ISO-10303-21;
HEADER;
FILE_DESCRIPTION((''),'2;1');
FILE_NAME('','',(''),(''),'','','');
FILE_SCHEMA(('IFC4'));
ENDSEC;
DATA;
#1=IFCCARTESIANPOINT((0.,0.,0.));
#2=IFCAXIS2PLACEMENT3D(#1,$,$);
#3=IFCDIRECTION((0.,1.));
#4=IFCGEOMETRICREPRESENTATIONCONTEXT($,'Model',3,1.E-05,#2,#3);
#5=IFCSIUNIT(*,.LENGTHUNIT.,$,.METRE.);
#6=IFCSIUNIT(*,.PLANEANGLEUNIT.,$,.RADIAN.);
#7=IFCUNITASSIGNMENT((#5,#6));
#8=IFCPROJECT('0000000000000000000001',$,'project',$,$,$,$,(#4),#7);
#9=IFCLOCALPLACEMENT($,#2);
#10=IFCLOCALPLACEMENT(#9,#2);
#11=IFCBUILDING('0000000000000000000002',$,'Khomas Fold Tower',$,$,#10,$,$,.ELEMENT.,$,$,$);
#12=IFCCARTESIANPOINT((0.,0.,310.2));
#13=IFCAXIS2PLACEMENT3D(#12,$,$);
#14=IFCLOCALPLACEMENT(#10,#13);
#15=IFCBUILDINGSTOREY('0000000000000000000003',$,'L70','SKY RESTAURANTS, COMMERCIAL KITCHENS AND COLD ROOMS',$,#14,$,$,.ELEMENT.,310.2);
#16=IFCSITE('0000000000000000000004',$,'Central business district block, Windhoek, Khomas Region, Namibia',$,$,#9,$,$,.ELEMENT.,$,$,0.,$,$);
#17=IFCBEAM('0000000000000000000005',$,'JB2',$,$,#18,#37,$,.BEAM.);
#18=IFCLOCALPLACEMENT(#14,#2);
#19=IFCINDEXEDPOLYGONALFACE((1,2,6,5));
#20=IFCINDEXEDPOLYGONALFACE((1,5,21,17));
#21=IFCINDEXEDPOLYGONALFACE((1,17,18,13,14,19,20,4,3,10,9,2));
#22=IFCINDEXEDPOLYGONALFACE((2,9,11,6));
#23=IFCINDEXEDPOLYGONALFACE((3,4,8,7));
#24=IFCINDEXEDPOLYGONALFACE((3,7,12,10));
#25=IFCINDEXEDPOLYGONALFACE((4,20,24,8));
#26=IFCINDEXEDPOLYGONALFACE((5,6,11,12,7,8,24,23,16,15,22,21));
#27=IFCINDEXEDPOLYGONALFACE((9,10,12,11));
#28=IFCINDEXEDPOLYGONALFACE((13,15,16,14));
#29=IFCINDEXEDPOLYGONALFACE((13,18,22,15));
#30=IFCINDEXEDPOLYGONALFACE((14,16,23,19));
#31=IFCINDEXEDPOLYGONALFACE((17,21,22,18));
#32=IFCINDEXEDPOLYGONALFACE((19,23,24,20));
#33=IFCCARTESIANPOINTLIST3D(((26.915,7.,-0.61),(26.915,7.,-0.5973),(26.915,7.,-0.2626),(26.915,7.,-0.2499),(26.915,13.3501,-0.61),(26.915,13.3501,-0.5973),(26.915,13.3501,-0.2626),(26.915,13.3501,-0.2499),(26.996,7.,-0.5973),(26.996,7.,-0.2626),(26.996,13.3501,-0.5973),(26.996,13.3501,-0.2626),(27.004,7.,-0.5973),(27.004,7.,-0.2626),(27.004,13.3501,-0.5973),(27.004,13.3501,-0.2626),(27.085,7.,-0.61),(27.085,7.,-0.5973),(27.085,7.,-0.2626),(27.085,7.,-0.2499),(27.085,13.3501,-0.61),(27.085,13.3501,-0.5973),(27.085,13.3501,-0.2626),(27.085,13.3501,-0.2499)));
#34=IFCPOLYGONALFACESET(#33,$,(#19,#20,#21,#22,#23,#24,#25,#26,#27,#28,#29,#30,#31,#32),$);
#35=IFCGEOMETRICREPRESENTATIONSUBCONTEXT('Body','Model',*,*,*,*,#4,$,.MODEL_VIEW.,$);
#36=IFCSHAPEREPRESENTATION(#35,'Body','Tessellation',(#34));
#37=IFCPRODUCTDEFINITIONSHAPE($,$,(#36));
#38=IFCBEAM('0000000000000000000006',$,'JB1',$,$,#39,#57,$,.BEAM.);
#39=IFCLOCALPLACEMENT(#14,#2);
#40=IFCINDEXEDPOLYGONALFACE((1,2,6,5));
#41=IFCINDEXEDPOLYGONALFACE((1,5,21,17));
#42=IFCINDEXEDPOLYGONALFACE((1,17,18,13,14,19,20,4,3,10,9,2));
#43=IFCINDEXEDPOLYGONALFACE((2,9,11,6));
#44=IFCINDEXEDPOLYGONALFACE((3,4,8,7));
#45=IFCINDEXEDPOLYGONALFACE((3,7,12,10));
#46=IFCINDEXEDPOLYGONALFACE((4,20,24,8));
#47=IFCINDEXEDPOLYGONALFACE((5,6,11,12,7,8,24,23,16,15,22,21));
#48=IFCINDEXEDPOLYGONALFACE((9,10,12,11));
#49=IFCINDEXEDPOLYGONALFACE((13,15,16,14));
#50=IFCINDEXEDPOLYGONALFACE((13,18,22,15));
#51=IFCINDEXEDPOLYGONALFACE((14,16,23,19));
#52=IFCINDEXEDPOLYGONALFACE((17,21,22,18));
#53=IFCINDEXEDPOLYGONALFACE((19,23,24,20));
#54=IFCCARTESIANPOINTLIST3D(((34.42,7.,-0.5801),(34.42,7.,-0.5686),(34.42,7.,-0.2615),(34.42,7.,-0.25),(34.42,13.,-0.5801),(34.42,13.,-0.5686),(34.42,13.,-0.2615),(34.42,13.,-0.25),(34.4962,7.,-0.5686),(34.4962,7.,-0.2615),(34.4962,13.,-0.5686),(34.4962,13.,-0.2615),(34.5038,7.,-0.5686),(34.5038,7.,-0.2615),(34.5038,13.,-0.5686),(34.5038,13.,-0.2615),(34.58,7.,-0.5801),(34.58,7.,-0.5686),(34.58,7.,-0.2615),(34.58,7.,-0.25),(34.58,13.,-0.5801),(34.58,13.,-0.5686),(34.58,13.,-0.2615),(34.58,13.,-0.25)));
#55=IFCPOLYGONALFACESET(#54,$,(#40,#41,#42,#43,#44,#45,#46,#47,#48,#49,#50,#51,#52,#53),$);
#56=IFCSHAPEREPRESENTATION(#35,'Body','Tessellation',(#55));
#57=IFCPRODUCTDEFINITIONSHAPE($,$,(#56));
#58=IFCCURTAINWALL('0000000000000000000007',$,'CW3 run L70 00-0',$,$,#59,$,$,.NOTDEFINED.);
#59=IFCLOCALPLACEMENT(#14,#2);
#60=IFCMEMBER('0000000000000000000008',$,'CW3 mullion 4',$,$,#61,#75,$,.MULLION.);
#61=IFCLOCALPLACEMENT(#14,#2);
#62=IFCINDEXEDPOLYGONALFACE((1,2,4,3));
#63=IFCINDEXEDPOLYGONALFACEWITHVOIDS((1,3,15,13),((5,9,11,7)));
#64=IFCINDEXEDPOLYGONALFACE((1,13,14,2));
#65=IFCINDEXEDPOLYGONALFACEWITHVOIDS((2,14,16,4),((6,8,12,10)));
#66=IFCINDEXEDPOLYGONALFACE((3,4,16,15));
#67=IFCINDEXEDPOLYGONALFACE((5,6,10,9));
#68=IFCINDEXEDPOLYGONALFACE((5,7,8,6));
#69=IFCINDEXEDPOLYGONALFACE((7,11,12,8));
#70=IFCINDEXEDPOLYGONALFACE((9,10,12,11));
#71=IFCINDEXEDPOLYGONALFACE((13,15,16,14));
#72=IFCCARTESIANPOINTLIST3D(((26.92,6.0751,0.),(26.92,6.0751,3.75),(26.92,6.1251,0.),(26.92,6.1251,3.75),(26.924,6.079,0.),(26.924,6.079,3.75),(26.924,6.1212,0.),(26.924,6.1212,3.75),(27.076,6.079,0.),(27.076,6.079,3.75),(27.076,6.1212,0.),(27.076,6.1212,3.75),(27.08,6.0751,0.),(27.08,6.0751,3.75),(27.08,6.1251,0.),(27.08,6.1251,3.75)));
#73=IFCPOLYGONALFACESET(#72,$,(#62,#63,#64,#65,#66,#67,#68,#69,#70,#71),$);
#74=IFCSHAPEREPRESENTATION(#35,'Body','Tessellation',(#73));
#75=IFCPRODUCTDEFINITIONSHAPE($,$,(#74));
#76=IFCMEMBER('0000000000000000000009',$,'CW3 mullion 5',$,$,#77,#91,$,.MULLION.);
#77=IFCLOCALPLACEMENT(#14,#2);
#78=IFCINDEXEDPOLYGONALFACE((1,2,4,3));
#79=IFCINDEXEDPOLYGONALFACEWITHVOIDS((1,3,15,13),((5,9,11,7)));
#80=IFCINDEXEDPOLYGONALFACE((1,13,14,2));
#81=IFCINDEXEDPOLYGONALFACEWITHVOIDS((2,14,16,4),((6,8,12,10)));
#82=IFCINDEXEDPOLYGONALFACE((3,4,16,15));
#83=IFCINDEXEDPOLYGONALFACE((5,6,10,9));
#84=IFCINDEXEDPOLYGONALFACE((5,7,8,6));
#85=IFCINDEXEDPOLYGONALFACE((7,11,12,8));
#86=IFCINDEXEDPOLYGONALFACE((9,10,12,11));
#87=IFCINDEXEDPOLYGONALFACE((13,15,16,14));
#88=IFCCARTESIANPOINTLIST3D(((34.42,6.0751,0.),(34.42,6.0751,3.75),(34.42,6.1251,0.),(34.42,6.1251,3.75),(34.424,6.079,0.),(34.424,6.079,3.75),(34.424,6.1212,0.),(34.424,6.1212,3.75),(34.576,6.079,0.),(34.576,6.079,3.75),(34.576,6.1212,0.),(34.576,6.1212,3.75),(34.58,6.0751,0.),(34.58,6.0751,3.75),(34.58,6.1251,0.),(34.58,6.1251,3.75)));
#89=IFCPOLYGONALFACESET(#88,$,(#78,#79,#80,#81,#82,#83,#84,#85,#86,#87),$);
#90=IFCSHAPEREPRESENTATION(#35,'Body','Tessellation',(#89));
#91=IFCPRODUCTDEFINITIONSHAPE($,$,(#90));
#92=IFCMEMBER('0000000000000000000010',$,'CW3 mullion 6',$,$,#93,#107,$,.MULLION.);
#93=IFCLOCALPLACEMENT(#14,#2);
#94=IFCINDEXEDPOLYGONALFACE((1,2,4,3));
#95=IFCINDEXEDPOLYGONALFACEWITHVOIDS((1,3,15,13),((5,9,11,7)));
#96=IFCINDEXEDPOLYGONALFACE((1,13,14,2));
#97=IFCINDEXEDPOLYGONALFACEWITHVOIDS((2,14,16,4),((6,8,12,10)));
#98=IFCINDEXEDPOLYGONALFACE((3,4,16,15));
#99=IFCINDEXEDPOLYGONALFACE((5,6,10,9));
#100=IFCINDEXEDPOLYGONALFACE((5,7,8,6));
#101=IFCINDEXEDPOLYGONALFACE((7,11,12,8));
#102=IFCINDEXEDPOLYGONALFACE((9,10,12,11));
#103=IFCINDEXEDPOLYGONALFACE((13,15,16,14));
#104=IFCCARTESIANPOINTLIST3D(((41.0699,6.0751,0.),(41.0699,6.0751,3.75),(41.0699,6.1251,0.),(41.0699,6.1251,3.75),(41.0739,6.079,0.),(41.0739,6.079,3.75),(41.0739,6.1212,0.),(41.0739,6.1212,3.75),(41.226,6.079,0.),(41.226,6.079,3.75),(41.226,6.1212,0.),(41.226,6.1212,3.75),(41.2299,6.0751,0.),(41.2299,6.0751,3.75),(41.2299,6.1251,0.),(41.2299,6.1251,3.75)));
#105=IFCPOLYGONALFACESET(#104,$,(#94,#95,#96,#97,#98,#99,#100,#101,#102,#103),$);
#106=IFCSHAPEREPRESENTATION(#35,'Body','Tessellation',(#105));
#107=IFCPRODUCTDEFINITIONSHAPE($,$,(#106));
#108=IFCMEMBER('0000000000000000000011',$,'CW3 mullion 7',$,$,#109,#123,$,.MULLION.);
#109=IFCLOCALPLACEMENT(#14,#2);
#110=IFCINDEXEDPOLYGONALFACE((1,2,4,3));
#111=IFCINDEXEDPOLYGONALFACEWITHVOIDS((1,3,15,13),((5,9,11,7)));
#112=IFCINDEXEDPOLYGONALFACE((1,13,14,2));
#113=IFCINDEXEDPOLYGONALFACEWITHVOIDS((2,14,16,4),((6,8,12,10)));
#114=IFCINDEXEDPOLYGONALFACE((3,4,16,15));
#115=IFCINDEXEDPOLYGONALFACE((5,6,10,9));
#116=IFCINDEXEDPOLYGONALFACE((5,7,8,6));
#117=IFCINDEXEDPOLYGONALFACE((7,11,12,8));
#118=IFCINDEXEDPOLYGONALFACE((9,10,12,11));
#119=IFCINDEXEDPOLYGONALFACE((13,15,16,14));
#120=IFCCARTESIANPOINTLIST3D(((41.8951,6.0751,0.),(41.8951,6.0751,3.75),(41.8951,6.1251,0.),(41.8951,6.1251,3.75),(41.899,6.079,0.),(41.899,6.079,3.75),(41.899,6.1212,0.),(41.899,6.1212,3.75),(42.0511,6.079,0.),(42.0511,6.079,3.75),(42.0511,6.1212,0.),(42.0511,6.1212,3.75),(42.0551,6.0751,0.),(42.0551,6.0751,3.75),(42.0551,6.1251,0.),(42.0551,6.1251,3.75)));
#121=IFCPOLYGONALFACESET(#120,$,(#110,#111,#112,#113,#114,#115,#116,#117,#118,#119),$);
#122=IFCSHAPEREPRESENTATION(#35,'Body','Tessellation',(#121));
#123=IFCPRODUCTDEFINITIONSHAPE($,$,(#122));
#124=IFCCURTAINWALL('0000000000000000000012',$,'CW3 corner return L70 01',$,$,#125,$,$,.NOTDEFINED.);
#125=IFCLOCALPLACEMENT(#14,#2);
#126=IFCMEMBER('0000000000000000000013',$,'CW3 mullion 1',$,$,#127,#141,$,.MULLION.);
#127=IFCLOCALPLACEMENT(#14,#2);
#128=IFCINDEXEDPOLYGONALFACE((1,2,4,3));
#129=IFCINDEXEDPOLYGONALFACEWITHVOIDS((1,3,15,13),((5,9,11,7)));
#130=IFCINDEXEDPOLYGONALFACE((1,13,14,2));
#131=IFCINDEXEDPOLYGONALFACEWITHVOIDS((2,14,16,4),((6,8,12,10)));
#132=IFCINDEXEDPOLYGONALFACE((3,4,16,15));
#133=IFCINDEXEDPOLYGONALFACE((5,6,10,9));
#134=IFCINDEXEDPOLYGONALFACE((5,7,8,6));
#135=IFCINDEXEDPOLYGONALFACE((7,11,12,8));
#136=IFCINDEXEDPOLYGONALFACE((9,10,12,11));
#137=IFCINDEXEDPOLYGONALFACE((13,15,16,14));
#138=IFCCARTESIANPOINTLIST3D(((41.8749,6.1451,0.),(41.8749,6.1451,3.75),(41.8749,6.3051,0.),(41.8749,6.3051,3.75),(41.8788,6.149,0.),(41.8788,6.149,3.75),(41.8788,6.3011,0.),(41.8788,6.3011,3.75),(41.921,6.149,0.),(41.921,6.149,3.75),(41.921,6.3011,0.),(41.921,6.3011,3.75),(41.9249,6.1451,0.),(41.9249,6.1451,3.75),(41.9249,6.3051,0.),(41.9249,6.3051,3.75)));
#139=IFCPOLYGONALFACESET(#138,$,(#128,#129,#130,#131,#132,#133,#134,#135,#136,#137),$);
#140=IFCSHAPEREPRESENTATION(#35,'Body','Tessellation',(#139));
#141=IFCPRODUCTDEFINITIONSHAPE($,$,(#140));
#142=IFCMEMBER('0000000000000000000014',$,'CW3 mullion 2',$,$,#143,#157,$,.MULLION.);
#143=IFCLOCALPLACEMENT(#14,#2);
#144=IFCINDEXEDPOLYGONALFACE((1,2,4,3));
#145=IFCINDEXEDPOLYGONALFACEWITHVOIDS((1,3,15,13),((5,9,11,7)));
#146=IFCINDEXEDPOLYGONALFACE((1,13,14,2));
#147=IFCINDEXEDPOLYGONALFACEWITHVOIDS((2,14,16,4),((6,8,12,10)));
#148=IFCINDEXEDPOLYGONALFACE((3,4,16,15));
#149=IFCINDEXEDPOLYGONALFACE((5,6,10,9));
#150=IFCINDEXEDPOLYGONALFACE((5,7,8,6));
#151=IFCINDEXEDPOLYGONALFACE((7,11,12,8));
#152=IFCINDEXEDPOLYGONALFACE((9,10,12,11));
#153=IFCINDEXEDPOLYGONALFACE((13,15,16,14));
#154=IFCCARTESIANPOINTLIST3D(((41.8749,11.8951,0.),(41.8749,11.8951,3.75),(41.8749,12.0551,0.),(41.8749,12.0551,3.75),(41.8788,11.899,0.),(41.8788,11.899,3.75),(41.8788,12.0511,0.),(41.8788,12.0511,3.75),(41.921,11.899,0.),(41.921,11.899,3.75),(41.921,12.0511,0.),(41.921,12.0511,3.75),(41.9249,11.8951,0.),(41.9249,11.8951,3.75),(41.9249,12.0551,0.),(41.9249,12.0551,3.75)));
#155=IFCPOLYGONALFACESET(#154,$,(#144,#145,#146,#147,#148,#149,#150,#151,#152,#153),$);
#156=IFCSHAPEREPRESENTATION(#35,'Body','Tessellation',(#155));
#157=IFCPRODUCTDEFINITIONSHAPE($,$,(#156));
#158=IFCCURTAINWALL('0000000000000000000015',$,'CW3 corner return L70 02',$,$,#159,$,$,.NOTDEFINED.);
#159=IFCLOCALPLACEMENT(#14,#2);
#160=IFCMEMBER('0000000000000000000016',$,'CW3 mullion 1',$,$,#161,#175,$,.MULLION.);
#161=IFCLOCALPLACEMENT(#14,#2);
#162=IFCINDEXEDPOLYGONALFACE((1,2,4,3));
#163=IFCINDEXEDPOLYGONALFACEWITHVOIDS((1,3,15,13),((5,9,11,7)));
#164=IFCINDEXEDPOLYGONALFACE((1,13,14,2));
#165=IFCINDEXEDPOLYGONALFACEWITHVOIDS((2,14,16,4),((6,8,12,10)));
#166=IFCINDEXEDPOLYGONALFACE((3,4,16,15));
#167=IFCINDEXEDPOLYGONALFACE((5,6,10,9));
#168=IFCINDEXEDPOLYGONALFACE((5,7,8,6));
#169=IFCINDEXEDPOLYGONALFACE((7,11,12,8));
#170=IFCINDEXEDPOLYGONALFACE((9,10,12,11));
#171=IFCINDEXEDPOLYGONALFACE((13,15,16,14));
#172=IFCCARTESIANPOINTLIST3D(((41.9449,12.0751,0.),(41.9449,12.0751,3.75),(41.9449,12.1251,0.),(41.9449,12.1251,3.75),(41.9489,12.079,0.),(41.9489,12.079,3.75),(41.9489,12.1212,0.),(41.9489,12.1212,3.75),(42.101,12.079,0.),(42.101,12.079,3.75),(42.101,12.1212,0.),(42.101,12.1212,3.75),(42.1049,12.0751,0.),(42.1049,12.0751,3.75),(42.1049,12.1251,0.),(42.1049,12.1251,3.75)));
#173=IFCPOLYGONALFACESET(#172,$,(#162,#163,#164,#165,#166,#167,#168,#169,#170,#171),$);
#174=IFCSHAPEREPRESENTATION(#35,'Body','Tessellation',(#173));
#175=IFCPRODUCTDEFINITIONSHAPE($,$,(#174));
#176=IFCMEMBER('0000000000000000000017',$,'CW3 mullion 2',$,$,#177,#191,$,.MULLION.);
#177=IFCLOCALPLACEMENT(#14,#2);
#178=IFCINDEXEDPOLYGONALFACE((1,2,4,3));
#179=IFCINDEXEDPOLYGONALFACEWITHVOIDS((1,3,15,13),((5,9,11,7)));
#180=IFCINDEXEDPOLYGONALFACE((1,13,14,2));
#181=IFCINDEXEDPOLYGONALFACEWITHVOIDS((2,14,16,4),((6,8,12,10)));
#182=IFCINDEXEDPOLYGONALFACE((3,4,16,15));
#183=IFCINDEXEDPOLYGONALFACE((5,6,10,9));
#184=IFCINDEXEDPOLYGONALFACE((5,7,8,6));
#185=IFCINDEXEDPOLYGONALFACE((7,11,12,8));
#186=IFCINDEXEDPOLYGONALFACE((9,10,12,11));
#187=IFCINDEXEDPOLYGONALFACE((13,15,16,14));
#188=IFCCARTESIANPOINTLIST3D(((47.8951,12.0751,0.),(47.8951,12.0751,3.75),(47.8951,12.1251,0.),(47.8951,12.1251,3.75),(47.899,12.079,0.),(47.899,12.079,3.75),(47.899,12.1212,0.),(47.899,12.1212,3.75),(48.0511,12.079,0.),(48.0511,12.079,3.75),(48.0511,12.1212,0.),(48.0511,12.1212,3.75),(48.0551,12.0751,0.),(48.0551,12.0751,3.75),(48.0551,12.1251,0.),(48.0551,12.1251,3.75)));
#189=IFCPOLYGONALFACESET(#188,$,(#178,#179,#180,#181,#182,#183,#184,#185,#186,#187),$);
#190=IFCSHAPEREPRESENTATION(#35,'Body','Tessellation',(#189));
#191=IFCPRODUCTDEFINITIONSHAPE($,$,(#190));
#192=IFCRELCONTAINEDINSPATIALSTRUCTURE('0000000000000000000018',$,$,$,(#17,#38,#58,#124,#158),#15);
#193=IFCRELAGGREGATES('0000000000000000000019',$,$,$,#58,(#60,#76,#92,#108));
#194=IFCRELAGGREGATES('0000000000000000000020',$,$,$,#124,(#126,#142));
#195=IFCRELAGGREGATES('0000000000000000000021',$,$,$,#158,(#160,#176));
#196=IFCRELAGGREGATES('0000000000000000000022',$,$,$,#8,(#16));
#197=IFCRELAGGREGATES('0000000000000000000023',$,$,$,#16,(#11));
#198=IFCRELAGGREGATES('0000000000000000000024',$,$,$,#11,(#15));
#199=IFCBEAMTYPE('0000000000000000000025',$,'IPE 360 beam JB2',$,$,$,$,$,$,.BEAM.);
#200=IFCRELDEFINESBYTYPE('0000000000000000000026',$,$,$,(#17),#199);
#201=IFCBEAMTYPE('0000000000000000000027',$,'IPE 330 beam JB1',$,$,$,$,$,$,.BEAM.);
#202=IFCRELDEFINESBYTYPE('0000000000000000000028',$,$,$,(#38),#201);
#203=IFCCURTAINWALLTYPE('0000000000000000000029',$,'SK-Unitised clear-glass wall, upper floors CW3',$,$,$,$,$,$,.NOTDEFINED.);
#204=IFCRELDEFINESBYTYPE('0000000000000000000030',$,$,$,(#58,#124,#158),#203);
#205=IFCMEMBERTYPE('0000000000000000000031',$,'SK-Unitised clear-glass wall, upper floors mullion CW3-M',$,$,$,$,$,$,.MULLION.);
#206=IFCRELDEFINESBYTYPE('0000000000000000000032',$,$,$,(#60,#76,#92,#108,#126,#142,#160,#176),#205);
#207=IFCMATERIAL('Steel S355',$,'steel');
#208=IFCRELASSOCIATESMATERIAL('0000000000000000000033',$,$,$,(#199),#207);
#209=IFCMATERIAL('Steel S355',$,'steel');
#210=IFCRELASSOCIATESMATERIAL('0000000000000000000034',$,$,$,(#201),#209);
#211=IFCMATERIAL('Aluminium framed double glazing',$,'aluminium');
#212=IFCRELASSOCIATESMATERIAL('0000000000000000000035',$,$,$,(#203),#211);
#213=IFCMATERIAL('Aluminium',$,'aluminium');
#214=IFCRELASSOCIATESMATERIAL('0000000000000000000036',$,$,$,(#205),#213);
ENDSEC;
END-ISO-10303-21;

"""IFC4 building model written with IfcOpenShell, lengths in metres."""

from ifc_helpers import new_model, si_unit, direction, frame, origin, origin_2d, place, context, subcontext, project, spatial, hollow_rectangle, i_section, extrude, source, transform, mapped, material, material_profile, profile_set, type_object, element, aggregate, save


model = new_model("IFC4")

# Units and contexts
model_context = context("Model", 3, precision=1e-05, world=origin(), true_north=direction((0.0, 1.0)))
body_context = subcontext(model_context, "Body", "Model", "MODEL_VIEW")
ifc_project = project(units=[si_unit("LENGTHUNIT", "METRE"), si_unit("PLANEANGLEUNIT", "RADIAN")], contexts=[model_context])

# Site, building, storey
site_placement = place(None, origin())
site = spatial("IfcSite", under=ifc_project, at=site_placement, Name="Central business district block, Windhoek, Khomas Region, Namibia", CompositionType="ELEMENT", RefElevation=0.0)
building_placement = place(site_placement, origin())
building = spatial("IfcBuilding", under=site, at=building_placement, Name="Khomas Fold Tower", CompositionType="ELEMENT")
storey_placement = place(building_placement, frame((0.0, 0.0, 310.2)))
storey = spatial("IfcBuildingStorey", under=building, at=storey_placement, Name="L70", Description="SKY RESTAURANTS, COMMERCIAL KITCHENS AND COLD ROOMS", CompositionType="ELEMENT", Elevation=310.2)

# Beams
ifc_material_1 = material(Name="Steel S355", Category="steel")
ifc_material_profile_1 = material_profile(ifc_material_1, i_section(OverallWidth=0.1699, OverallDepth=0.3601, WebThickness=0.0081, FlangeThickness=0.0127, at=origin_2d()), Name="IPE 360")
ifc_profile_set_1 = profile_set([ifc_material_profile_1], Name="Steel S355")
beam_type_1 = type_object("IfcBeamType", Name="IPE 360 beam JB2", PredefinedType="BEAM", material=ifc_profile_set_1)
shared_shape_1 = source(origin(), body_context, "Body", "SweptSolid", [
    extrude(i_section(OverallWidth=0.1699, OverallDepth=0.3601, WebThickness=0.0081, FlangeThickness=0.0127, at=origin_2d()), origin(), (0.0, 0.0, 1.0), 6.3501),
])
beam_1_placement = place(storey_placement, frame((27.0, 7.0, -0.4299), z_axis=(0.0, 1.0, 0.0), x_axis=(-1.0, 0.0, 0.0)))
element("IfcBeam", 1, at=beam_1_placement, inside=storey, type_object=beam_type_1, Name="JB2", PredefinedType="BEAM", context=body_context, shape_type="MappedRepresentation", body=[
    mapped(shared_shape_1, transform((0.0, 0.0, 0.0))),
])
ifc_material_2 = material(Name="Steel S355", Category="steel")
ifc_material_profile_2 = material_profile(ifc_material_2, i_section(OverallWidth=0.1599, OverallDepth=0.3301, WebThickness=0.0076, FlangeThickness=0.0115, at=origin_2d()), Name="IPE 330")
ifc_profile_set_2 = profile_set([ifc_material_profile_2], Name="Steel S355")
beam_type_2 = type_object("IfcBeamType", Name="IPE 330 beam JB1", PredefinedType="BEAM", material=ifc_profile_set_2)
shared_shape_2 = source(origin(), body_context, "Body", "SweptSolid", [
    extrude(i_section(OverallWidth=0.1599, OverallDepth=0.3301, WebThickness=0.0076, FlangeThickness=0.0115, at=origin_2d()), origin(), (0.0, 0.0, 1.0), 6.0),
])
beam_2_placement = place(storey_placement, frame((34.5, 7.0, -0.415), z_axis=(0.0, 1.0, 0.0), x_axis=(-1.0, 0.0, 0.0)))
element("IfcBeam", 2, at=beam_2_placement, inside=storey, type_object=beam_type_2, Name="JB1", PredefinedType="BEAM", context=body_context, shape_type="MappedRepresentation", body=[
    mapped(shared_shape_2, transform((0.0, 0.0, 0.0))),
])

# Curtain walls, members
ifc_material_3 = material(Name="Aluminium framed double glazing", Category="aluminium")
curtain_wall_type = type_object("IfcCurtainWallType", Name="SK-Unitised clear-glass wall, upper floors CW3", PredefinedType="NOTDEFINED", material=ifc_material_3)
curtain_wall_1_placement = place(storey_placement, origin())
curtain_wall_1 = element("IfcCurtainWall", 3, at=curtain_wall_1_placement, inside=storey, type_object=curtain_wall_type, Name="CW3 run L70 00-0", PredefinedType="NOTDEFINED")
ifc_material_4 = material(Name="Aluminium", Category="aluminium")
ifc_material_profile_3 = material_profile(ifc_material_4, hollow_rectangle(XDim=0.05, YDim=0.1599, WallThickness=0.0039, at=origin_2d()), Name="SK-Unitised clear-glass wall, upper floors mullion CW3-M")
ifc_profile_set_3 = profile_set([ifc_material_profile_3], Name="Aluminium")
member_type_1 = type_object("IfcMemberType", Name="SK-Unitised clear-glass wall, upper floors mullion CW3-M", PredefinedType="MULLION", material=ifc_profile_set_3)
shared_shape_3 = source(origin(), body_context, "Body", "SweptSolid", [
    extrude(hollow_rectangle(XDim=0.05, YDim=0.1599, WallThickness=0.0039, at=origin_2d()), origin(), (0.0, 0.0, 1.0), 3.75),
])
member_1_placement = place(storey_placement, frame((27.0, 6.1001, 0.0), z_axis=(0.0, 0.0, 1.0), x_axis=(0.0, 1.0, 0.0)))
member_1 = element("IfcMember", 4, at=member_1_placement, type_object=member_type_1, Name="CW3 mullion 4", PredefinedType="MULLION", context=body_context, shape_type="MappedRepresentation", body=[
    mapped(shared_shape_3, transform((0.0, 0.0, 0.0))),
])
member_2_placement = place(storey_placement, frame((34.5, 6.1001, 0.0), z_axis=(0.0, 0.0, 1.0), x_axis=(0.0, 1.0, 0.0)))
member_2 = element("IfcMember", 5, at=member_2_placement, type_object=member_type_1, Name="CW3 mullion 5", PredefinedType="MULLION", context=body_context, shape_type="MappedRepresentation", body=[
    mapped(shared_shape_3, transform((0.0, 0.0, 0.0))),
])
member_3_placement = place(storey_placement, frame((41.1499, 6.1001, 0.0), z_axis=(0.0, 0.0, 1.0), x_axis=(0.0, 1.0, 0.0)))
member_3 = element("IfcMember", 6, at=member_3_placement, type_object=member_type_1, Name="CW3 mullion 6", PredefinedType="MULLION", context=body_context, shape_type="MappedRepresentation", body=[
    mapped(shared_shape_3, transform((0.0, 0.0, 0.0))),
])
member_4_placement = place(storey_placement, frame((41.9751, 6.1001, 0.0), z_axis=(0.0, 0.0, 1.0), x_axis=(0.0, 1.0, 0.0)))
member_4 = element("IfcMember", 7, at=member_4_placement, type_object=member_type_1, Name="CW3 mullion 7", PredefinedType="MULLION", context=body_context, shape_type="MappedRepresentation", body=[
    mapped(shared_shape_3, transform((0.0, 0.0, 0.0))),
])
curtain_wall_2_placement = place(storey_placement, origin())
curtain_wall_2 = element("IfcCurtainWall", 8, at=curtain_wall_2_placement, inside=storey, type_object=curtain_wall_type, Name="CW3 corner return L70 01", PredefinedType="NOTDEFINED")
member_5_placement = place(storey_placement, frame((41.8999, 6.2251, 0.0), z_axis=(0.0, 0.0, 1.0), x_axis=(-1.0, 0.0, 0.0)))
member_5 = element("IfcMember", 9, at=member_5_placement, type_object=member_type_1, Name="CW3 mullion 1", PredefinedType="MULLION", context=body_context, shape_type="MappedRepresentation", body=[
    mapped(shared_shape_3, transform((0.0, 0.0, 0.0))),
])
member_6_placement = place(storey_placement, frame((41.8999, 11.9751, 0.0), z_axis=(0.0, 0.0, 1.0), x_axis=(-1.0, 0.0, 0.0)))
member_6 = element("IfcMember", 10, at=member_6_placement, type_object=member_type_1, Name="CW3 mullion 2", PredefinedType="MULLION", context=body_context, shape_type="MappedRepresentation", body=[
    mapped(shared_shape_3, transform((0.0, 0.0, 0.0))),
])
curtain_wall_3_placement = place(storey_placement, origin())
curtain_wall_3 = element("IfcCurtainWall", 11, at=curtain_wall_3_placement, inside=storey, type_object=curtain_wall_type, Name="CW3 corner return L70 02", PredefinedType="NOTDEFINED")
member_7_placement = place(storey_placement, frame((42.0249, 12.1001, 0.0), z_axis=(0.0, 0.0, 1.0), x_axis=(0.0, 1.0, 0.0)))
member_7 = element("IfcMember", 12, at=member_7_placement, type_object=member_type_1, Name="CW3 mullion 1", PredefinedType="MULLION", context=body_context, shape_type="MappedRepresentation", body=[
    mapped(shared_shape_3, transform((0.0, 0.0, 0.0))),
])
member_8_placement = place(storey_placement, frame((47.9751, 12.1001, 0.0), z_axis=(0.0, 0.0, 1.0), x_axis=(0.0, 1.0, 0.0)))
member_8 = element("IfcMember", 13, at=member_8_placement, type_object=member_type_1, Name="CW3 mullion 2", PredefinedType="MULLION", context=body_context, shape_type="MappedRepresentation", body=[
    mapped(shared_shape_3, transform((0.0, 0.0, 0.0))),
])

aggregate(curtain_wall_1, [member_1, member_2, member_3, member_4])
aggregate(curtain_wall_2, [member_5, member_6])
aggregate(curtain_wall_3, [member_7, member_8])

save(model, "model.ifc")
